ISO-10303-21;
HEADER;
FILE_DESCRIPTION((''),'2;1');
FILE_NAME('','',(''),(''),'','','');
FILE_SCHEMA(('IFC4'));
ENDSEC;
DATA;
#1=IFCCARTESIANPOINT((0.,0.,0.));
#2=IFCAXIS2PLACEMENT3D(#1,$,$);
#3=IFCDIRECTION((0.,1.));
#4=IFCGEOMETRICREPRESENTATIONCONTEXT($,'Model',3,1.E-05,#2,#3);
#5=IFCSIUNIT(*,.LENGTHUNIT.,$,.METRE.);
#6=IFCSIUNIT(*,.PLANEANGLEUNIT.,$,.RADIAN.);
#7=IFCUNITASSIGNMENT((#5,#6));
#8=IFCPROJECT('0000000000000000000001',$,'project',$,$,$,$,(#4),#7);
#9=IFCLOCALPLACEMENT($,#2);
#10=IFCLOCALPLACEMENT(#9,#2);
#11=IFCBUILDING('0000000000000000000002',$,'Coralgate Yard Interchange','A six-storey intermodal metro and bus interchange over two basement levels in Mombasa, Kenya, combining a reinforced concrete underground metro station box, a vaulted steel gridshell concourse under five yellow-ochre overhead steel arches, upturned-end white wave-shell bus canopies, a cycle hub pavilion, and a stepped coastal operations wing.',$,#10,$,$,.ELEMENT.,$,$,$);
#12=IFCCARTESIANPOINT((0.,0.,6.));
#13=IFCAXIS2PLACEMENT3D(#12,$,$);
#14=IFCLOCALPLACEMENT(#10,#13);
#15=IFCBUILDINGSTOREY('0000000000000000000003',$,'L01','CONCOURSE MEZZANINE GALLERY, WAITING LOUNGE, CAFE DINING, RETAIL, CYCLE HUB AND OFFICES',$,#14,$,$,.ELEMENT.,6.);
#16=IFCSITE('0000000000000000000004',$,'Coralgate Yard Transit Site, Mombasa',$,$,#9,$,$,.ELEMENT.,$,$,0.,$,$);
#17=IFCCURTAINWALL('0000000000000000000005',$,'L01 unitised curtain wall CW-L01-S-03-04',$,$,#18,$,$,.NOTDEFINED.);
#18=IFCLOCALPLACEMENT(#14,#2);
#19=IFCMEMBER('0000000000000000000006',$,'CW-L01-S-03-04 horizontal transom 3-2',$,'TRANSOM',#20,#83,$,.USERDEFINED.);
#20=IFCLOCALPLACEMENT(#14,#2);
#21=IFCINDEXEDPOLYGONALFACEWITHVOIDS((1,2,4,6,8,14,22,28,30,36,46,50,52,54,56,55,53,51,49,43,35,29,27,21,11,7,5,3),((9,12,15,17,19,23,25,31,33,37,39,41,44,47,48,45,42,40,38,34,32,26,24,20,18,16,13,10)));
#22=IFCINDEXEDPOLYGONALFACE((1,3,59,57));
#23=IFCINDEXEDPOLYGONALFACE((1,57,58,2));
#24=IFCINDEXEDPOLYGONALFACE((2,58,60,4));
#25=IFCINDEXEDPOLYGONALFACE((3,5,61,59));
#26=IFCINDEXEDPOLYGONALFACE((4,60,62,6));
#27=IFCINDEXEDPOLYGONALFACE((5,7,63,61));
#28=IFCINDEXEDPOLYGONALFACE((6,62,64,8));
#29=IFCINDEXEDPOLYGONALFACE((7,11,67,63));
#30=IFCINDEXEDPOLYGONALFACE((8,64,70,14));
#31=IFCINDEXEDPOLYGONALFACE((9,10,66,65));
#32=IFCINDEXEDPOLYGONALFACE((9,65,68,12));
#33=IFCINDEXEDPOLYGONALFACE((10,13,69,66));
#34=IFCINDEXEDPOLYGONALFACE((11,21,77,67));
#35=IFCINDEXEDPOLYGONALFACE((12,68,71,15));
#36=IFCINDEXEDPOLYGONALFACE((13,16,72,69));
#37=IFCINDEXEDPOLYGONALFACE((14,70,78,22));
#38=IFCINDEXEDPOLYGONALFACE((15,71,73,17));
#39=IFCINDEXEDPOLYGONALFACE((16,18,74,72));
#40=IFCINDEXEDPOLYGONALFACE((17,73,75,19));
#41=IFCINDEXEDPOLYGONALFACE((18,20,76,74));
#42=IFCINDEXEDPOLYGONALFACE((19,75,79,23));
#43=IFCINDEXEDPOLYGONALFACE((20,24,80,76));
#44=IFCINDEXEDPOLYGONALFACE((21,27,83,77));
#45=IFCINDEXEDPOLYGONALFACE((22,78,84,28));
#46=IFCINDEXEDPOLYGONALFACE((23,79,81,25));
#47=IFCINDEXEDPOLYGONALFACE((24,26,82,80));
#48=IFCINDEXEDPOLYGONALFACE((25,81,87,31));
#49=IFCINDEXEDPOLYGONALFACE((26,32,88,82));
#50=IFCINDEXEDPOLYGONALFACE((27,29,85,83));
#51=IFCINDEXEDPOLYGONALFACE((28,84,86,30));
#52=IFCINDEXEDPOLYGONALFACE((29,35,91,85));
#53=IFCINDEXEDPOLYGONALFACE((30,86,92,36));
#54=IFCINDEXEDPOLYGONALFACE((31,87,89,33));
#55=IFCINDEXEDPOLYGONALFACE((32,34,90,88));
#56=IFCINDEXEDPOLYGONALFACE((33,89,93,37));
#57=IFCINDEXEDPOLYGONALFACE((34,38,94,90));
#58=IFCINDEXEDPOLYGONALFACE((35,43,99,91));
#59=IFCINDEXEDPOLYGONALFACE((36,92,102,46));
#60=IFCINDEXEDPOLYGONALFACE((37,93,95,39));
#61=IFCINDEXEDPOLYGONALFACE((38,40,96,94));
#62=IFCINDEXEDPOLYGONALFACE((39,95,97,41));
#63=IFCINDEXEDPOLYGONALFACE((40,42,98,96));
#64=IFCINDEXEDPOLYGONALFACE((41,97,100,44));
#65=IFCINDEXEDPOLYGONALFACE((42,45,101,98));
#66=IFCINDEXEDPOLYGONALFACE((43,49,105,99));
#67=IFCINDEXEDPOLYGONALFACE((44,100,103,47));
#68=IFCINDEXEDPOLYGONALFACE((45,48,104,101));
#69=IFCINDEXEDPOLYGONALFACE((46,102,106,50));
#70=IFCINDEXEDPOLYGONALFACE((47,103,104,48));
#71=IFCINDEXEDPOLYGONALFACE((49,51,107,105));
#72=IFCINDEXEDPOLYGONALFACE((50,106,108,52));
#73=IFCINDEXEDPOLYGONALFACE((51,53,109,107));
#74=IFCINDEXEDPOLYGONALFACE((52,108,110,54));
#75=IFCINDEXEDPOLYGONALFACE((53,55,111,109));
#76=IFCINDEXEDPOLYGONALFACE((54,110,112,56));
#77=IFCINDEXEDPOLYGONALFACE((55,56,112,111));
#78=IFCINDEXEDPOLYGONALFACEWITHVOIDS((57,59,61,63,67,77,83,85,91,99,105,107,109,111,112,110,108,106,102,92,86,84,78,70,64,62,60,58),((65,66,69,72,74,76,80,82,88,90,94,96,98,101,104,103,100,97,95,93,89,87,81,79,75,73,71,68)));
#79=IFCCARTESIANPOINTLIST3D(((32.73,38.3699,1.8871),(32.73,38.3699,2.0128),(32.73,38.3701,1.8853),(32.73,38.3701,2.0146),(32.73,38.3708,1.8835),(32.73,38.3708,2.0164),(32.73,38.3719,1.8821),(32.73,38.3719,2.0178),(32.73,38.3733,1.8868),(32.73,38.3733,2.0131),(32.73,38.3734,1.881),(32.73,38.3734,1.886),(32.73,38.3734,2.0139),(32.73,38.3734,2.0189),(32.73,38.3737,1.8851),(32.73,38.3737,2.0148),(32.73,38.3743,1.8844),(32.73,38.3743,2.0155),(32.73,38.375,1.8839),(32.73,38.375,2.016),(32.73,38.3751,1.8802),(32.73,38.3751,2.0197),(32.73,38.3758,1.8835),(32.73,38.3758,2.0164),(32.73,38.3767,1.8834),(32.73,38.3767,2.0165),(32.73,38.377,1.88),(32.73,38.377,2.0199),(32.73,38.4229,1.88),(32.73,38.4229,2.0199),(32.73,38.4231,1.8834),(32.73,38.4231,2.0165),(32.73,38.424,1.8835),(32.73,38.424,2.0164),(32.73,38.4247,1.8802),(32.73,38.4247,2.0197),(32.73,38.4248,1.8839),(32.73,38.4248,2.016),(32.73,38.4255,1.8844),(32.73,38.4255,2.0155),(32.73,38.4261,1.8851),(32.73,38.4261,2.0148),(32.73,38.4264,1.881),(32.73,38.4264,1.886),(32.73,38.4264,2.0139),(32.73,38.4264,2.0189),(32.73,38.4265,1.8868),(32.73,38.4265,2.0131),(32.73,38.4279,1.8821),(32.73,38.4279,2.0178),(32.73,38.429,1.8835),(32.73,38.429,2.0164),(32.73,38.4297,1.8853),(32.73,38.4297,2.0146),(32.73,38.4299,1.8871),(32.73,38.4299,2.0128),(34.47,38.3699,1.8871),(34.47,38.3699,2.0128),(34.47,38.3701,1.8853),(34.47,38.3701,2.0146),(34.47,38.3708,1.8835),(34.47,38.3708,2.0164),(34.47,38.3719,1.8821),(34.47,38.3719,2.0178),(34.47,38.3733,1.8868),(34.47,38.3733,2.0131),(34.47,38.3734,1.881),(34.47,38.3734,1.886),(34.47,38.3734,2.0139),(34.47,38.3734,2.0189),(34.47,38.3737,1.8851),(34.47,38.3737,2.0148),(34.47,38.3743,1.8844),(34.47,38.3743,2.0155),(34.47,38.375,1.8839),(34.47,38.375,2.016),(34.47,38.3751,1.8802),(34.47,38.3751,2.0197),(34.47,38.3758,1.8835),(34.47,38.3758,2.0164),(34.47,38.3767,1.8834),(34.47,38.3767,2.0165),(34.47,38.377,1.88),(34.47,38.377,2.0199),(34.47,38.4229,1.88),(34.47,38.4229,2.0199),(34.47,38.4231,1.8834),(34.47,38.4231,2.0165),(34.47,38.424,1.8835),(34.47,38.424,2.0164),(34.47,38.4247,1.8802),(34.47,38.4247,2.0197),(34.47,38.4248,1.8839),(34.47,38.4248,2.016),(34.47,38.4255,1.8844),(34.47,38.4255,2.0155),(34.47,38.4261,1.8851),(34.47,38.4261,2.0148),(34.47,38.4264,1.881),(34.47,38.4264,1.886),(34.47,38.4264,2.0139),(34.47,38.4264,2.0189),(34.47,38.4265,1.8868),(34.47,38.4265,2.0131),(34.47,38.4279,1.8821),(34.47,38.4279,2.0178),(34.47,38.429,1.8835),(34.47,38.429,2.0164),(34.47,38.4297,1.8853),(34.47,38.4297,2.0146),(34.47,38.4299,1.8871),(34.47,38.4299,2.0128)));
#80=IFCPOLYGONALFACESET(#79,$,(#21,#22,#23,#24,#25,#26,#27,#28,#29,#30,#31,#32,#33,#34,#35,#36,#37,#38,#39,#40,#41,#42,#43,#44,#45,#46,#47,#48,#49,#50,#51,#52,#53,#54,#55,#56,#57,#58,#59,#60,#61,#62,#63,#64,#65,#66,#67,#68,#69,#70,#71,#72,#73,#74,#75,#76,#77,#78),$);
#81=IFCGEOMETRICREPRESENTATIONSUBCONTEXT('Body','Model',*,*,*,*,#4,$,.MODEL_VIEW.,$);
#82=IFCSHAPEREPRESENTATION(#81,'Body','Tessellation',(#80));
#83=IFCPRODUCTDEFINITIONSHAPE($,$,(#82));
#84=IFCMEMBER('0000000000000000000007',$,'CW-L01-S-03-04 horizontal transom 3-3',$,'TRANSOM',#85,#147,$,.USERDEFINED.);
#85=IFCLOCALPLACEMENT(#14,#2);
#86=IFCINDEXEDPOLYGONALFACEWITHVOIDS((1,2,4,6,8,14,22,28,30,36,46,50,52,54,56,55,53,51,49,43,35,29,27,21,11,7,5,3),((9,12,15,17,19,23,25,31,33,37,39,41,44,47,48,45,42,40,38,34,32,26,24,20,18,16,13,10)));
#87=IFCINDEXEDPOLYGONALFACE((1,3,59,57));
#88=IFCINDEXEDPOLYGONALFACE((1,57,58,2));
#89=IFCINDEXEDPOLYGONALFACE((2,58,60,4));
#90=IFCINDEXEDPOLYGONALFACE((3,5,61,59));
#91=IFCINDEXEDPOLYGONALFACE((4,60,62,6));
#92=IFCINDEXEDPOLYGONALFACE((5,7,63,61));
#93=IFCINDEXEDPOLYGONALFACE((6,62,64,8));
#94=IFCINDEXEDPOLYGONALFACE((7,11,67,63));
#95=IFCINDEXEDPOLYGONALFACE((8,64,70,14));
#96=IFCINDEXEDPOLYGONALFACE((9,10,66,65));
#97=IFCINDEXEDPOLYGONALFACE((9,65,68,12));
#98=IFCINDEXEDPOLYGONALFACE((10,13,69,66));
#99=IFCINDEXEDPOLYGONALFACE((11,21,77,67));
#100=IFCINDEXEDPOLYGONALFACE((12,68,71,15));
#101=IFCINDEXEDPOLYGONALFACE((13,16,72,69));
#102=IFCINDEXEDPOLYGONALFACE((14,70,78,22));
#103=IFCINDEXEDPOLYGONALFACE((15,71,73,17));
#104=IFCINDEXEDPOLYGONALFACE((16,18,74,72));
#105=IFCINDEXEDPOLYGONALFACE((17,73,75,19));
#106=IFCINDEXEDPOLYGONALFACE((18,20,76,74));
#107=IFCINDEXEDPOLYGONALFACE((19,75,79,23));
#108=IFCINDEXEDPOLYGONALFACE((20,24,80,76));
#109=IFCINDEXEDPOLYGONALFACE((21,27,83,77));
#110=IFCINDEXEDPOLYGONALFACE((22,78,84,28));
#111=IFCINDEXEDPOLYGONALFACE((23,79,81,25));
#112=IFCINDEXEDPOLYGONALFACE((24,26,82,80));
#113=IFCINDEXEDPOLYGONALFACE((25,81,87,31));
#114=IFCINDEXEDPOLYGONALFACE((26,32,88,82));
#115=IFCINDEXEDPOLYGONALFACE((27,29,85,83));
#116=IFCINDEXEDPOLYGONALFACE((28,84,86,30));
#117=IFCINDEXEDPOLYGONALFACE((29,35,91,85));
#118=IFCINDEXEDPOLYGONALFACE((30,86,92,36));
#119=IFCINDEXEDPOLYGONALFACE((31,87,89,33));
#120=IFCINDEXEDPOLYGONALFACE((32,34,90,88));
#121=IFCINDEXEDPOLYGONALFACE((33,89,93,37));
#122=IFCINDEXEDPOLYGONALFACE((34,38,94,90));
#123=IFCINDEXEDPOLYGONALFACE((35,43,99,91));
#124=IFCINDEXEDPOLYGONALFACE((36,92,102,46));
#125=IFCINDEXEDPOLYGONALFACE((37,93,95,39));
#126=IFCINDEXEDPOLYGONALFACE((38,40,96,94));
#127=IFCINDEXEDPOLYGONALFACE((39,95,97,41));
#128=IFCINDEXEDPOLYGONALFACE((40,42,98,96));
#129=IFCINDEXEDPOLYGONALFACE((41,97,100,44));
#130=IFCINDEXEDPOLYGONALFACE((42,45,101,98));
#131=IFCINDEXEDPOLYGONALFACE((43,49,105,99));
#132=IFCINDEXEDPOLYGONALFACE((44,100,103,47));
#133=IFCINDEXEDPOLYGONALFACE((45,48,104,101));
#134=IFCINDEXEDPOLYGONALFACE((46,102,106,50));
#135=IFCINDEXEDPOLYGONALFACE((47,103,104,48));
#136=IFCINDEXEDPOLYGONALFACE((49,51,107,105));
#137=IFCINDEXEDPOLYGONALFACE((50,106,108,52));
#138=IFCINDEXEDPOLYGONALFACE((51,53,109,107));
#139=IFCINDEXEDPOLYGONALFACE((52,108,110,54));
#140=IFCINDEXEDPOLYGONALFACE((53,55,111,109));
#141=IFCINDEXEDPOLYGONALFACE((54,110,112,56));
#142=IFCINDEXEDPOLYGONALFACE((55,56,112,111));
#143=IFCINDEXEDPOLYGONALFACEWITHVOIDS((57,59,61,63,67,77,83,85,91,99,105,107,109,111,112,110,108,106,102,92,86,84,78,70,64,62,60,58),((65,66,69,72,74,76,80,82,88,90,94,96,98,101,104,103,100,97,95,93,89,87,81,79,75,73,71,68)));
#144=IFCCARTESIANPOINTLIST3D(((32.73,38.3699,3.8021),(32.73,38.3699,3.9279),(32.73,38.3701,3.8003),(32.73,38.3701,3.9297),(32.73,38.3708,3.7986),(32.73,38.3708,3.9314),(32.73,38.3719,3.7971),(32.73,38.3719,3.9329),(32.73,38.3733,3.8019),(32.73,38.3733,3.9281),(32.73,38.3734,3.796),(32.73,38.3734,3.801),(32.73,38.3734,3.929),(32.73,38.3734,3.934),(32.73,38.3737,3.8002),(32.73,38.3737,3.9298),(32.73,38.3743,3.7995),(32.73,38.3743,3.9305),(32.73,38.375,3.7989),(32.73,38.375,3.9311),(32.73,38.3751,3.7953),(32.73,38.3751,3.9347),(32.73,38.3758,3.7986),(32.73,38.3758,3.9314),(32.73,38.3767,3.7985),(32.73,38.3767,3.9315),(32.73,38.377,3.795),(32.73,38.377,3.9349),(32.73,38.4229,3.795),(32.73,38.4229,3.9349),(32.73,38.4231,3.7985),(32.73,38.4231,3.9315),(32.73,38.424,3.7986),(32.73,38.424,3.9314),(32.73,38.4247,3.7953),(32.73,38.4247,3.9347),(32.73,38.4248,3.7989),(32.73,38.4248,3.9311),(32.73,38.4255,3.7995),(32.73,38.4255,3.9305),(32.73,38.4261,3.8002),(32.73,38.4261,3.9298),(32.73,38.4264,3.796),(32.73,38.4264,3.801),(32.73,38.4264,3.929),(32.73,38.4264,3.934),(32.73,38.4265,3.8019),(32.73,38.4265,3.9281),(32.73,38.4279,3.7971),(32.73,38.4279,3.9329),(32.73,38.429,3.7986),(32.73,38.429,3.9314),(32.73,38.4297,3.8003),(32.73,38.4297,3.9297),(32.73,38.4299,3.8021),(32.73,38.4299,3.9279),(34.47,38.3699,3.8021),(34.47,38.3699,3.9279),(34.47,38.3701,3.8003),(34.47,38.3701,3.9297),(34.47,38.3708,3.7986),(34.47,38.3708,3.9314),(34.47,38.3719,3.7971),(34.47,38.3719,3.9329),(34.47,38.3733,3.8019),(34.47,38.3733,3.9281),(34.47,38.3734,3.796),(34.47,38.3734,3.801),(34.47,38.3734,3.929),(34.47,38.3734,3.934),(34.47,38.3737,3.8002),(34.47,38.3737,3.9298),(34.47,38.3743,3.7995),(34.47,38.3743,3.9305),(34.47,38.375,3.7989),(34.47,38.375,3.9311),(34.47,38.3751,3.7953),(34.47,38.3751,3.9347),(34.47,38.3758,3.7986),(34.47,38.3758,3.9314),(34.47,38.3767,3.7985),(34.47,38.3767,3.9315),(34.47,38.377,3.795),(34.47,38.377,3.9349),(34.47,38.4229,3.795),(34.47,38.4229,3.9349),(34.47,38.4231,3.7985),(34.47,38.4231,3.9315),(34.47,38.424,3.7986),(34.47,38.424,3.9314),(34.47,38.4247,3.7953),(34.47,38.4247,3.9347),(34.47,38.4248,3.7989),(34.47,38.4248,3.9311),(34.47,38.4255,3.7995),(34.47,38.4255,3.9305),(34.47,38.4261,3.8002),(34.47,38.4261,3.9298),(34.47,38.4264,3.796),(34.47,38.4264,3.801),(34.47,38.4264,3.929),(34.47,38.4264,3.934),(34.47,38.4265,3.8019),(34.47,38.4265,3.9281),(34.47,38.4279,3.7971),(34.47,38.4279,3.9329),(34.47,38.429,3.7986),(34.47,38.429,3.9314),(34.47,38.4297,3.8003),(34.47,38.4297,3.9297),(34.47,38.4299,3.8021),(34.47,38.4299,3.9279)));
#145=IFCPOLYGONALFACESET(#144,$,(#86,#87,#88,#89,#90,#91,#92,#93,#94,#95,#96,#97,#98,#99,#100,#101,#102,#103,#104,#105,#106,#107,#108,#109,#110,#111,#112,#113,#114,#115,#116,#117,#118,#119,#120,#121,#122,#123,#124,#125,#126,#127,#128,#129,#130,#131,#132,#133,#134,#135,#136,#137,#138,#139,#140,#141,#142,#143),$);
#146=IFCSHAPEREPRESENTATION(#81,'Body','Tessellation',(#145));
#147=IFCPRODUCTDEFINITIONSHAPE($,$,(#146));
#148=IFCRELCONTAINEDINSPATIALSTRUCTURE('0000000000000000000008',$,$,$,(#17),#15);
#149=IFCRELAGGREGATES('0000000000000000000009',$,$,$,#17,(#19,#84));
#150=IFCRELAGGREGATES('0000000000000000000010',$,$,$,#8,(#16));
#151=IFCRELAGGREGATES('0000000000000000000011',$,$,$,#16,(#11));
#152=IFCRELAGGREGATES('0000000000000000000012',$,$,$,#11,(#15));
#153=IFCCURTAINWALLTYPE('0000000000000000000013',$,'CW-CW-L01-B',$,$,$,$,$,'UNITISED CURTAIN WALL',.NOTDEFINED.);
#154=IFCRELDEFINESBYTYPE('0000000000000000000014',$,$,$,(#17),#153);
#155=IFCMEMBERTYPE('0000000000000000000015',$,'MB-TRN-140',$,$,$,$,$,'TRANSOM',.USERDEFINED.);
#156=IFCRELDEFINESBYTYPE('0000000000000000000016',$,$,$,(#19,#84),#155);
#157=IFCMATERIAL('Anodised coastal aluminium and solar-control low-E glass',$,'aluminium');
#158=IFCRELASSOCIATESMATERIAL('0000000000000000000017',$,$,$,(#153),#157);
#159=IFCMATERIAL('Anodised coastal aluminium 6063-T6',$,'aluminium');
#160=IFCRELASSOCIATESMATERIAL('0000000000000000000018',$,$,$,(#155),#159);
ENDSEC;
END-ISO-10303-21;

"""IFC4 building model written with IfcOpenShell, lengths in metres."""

from ifc_helpers import new_model, si_unit, direction, frame, origin, origin_2d, place, context, subcontext, project, spatial, hollow_rectangle, extrude, material, material_profile, profile_set, type_object, element, aggregate, save


model = new_model("IFC4")

# Units and contexts
model_context = context("Model", 3, precision=1e-05, world=origin(), true_north=direction((0.0, 1.0)))
body_context = subcontext(model_context, "Body", "Model", "MODEL_VIEW")
ifc_project = project(units=[si_unit("LENGTHUNIT", "METRE"), si_unit("PLANEANGLEUNIT", "RADIAN")], contexts=[model_context])

# Site, building, storey
site_placement = place(None, origin())
site = spatial("IfcSite", under=ifc_project, at=site_placement, Name="Coralgate Yard Transit Site, Mombasa", CompositionType="ELEMENT", RefElevation=0.0)
building_placement = place(site_placement, origin())
building = spatial("IfcBuilding", under=site, at=building_placement, Name="Coralgate Yard Interchange", Description="A six-storey intermodal metro and bus interchange over two basement levels in Mombasa, Kenya, combining a reinforced concrete underground metro station box, a vaulted steel gridshell concourse under five yellow-ochre overhead steel arches, upturned-end white wave-shell bus canopies, a cycle hub pavilion, and a stepped coastal operations wing.", CompositionType="ELEMENT")
storey_placement = place(building_placement, frame((0.0, 0.0, 6.0)))
storey = spatial("IfcBuildingStorey", under=building, at=storey_placement, Name="L01", Description="CONCOURSE MEZZANINE GALLERY, WAITING LOUNGE, CAFE DINING, RETAIL, CYCLE HUB AND OFFICES", CompositionType="ELEMENT", Elevation=6.0)

# Curtain wall, members
ifc_material_1 = material(Name="Anodised coastal aluminium and solar-control low-E glass", Category="aluminium")
curtain_wall_type = type_object("IfcCurtainWallType", Name="CW-CW-L01-B", ElementType="UNITISED CURTAIN WALL", PredefinedType="NOTDEFINED", material=ifc_material_1)
curtain_wall_placement = place(storey_placement, origin())
curtain_wall = element("IfcCurtainWall", 1, at=curtain_wall_placement, inside=storey, type_object=curtain_wall_type, Name="L01 unitised curtain wall CW-L01-S-03-04", PredefinedType="NOTDEFINED")
ifc_material_2 = material(Name="Anodised coastal aluminium 6063-T6", Category="aluminium")
ifc_material_profile_1 = material_profile(ifc_material_2, hollow_rectangle(XDim=0.0601, YDim=0.1399, WallThickness=0.0034, InnerFilletRadius=0.0034, OuterFilletRadius=0.0071, at=origin_2d()), Name="ALU 60x140x3.5")
ifc_profile_set_1 = profile_set([ifc_material_profile_1], Name="Anodised coastal aluminium 6063-T6")
member_type_1 = type_object("IfcMemberType", Name="MB-TRN-140", ElementType="TRANSOM", PredefinedType="USERDEFINED", material=ifc_profile_set_1)
member_1_placement = place(storey_placement, frame((34.47, 38.3999, 1.95), z_axis=(-1.0, 0.0, 0.0), x_axis=(0.0, -1.0, 0.0)))
member_1 = element("IfcMember", 2, at=member_1_placement, type_object=member_type_1, Name="CW-L01-S-03-04 horizontal transom 3-2", ObjectType="TRANSOM", PredefinedType="USERDEFINED", context=body_context, shape_type="SweptSolid", body=[
    extrude(hollow_rectangle(XDim=0.0601, YDim=0.1399, WallThickness=0.0034, InnerFilletRadius=0.0034, OuterFilletRadius=0.0071, at=origin_2d()), origin(), (0.0, 0.0, 1.0), 1.74),
])
member_2_placement = place(storey_placement, frame((34.47, 38.3999, 3.865), z_axis=(-1.0, 0.0, 0.0), x_axis=(0.0, -1.0, 0.0)))
member_2 = element("IfcMember", 3, at=member_2_placement, type_object=member_type_1, Name="CW-L01-S-03-04 horizontal transom 3-3", ObjectType="TRANSOM", PredefinedType="USERDEFINED", context=body_context, shape_type="SweptSolid", body=[
    extrude(hollow_rectangle(XDim=0.0601, YDim=0.1399, WallThickness=0.0034, InnerFilletRadius=0.0034, OuterFilletRadius=0.0071, at=origin_2d()), origin(), (0.0, 0.0, 1.0), 1.74),
])
aggregate(curtain_wall, [member_1, member_2])

save(model, "model.ifc")
